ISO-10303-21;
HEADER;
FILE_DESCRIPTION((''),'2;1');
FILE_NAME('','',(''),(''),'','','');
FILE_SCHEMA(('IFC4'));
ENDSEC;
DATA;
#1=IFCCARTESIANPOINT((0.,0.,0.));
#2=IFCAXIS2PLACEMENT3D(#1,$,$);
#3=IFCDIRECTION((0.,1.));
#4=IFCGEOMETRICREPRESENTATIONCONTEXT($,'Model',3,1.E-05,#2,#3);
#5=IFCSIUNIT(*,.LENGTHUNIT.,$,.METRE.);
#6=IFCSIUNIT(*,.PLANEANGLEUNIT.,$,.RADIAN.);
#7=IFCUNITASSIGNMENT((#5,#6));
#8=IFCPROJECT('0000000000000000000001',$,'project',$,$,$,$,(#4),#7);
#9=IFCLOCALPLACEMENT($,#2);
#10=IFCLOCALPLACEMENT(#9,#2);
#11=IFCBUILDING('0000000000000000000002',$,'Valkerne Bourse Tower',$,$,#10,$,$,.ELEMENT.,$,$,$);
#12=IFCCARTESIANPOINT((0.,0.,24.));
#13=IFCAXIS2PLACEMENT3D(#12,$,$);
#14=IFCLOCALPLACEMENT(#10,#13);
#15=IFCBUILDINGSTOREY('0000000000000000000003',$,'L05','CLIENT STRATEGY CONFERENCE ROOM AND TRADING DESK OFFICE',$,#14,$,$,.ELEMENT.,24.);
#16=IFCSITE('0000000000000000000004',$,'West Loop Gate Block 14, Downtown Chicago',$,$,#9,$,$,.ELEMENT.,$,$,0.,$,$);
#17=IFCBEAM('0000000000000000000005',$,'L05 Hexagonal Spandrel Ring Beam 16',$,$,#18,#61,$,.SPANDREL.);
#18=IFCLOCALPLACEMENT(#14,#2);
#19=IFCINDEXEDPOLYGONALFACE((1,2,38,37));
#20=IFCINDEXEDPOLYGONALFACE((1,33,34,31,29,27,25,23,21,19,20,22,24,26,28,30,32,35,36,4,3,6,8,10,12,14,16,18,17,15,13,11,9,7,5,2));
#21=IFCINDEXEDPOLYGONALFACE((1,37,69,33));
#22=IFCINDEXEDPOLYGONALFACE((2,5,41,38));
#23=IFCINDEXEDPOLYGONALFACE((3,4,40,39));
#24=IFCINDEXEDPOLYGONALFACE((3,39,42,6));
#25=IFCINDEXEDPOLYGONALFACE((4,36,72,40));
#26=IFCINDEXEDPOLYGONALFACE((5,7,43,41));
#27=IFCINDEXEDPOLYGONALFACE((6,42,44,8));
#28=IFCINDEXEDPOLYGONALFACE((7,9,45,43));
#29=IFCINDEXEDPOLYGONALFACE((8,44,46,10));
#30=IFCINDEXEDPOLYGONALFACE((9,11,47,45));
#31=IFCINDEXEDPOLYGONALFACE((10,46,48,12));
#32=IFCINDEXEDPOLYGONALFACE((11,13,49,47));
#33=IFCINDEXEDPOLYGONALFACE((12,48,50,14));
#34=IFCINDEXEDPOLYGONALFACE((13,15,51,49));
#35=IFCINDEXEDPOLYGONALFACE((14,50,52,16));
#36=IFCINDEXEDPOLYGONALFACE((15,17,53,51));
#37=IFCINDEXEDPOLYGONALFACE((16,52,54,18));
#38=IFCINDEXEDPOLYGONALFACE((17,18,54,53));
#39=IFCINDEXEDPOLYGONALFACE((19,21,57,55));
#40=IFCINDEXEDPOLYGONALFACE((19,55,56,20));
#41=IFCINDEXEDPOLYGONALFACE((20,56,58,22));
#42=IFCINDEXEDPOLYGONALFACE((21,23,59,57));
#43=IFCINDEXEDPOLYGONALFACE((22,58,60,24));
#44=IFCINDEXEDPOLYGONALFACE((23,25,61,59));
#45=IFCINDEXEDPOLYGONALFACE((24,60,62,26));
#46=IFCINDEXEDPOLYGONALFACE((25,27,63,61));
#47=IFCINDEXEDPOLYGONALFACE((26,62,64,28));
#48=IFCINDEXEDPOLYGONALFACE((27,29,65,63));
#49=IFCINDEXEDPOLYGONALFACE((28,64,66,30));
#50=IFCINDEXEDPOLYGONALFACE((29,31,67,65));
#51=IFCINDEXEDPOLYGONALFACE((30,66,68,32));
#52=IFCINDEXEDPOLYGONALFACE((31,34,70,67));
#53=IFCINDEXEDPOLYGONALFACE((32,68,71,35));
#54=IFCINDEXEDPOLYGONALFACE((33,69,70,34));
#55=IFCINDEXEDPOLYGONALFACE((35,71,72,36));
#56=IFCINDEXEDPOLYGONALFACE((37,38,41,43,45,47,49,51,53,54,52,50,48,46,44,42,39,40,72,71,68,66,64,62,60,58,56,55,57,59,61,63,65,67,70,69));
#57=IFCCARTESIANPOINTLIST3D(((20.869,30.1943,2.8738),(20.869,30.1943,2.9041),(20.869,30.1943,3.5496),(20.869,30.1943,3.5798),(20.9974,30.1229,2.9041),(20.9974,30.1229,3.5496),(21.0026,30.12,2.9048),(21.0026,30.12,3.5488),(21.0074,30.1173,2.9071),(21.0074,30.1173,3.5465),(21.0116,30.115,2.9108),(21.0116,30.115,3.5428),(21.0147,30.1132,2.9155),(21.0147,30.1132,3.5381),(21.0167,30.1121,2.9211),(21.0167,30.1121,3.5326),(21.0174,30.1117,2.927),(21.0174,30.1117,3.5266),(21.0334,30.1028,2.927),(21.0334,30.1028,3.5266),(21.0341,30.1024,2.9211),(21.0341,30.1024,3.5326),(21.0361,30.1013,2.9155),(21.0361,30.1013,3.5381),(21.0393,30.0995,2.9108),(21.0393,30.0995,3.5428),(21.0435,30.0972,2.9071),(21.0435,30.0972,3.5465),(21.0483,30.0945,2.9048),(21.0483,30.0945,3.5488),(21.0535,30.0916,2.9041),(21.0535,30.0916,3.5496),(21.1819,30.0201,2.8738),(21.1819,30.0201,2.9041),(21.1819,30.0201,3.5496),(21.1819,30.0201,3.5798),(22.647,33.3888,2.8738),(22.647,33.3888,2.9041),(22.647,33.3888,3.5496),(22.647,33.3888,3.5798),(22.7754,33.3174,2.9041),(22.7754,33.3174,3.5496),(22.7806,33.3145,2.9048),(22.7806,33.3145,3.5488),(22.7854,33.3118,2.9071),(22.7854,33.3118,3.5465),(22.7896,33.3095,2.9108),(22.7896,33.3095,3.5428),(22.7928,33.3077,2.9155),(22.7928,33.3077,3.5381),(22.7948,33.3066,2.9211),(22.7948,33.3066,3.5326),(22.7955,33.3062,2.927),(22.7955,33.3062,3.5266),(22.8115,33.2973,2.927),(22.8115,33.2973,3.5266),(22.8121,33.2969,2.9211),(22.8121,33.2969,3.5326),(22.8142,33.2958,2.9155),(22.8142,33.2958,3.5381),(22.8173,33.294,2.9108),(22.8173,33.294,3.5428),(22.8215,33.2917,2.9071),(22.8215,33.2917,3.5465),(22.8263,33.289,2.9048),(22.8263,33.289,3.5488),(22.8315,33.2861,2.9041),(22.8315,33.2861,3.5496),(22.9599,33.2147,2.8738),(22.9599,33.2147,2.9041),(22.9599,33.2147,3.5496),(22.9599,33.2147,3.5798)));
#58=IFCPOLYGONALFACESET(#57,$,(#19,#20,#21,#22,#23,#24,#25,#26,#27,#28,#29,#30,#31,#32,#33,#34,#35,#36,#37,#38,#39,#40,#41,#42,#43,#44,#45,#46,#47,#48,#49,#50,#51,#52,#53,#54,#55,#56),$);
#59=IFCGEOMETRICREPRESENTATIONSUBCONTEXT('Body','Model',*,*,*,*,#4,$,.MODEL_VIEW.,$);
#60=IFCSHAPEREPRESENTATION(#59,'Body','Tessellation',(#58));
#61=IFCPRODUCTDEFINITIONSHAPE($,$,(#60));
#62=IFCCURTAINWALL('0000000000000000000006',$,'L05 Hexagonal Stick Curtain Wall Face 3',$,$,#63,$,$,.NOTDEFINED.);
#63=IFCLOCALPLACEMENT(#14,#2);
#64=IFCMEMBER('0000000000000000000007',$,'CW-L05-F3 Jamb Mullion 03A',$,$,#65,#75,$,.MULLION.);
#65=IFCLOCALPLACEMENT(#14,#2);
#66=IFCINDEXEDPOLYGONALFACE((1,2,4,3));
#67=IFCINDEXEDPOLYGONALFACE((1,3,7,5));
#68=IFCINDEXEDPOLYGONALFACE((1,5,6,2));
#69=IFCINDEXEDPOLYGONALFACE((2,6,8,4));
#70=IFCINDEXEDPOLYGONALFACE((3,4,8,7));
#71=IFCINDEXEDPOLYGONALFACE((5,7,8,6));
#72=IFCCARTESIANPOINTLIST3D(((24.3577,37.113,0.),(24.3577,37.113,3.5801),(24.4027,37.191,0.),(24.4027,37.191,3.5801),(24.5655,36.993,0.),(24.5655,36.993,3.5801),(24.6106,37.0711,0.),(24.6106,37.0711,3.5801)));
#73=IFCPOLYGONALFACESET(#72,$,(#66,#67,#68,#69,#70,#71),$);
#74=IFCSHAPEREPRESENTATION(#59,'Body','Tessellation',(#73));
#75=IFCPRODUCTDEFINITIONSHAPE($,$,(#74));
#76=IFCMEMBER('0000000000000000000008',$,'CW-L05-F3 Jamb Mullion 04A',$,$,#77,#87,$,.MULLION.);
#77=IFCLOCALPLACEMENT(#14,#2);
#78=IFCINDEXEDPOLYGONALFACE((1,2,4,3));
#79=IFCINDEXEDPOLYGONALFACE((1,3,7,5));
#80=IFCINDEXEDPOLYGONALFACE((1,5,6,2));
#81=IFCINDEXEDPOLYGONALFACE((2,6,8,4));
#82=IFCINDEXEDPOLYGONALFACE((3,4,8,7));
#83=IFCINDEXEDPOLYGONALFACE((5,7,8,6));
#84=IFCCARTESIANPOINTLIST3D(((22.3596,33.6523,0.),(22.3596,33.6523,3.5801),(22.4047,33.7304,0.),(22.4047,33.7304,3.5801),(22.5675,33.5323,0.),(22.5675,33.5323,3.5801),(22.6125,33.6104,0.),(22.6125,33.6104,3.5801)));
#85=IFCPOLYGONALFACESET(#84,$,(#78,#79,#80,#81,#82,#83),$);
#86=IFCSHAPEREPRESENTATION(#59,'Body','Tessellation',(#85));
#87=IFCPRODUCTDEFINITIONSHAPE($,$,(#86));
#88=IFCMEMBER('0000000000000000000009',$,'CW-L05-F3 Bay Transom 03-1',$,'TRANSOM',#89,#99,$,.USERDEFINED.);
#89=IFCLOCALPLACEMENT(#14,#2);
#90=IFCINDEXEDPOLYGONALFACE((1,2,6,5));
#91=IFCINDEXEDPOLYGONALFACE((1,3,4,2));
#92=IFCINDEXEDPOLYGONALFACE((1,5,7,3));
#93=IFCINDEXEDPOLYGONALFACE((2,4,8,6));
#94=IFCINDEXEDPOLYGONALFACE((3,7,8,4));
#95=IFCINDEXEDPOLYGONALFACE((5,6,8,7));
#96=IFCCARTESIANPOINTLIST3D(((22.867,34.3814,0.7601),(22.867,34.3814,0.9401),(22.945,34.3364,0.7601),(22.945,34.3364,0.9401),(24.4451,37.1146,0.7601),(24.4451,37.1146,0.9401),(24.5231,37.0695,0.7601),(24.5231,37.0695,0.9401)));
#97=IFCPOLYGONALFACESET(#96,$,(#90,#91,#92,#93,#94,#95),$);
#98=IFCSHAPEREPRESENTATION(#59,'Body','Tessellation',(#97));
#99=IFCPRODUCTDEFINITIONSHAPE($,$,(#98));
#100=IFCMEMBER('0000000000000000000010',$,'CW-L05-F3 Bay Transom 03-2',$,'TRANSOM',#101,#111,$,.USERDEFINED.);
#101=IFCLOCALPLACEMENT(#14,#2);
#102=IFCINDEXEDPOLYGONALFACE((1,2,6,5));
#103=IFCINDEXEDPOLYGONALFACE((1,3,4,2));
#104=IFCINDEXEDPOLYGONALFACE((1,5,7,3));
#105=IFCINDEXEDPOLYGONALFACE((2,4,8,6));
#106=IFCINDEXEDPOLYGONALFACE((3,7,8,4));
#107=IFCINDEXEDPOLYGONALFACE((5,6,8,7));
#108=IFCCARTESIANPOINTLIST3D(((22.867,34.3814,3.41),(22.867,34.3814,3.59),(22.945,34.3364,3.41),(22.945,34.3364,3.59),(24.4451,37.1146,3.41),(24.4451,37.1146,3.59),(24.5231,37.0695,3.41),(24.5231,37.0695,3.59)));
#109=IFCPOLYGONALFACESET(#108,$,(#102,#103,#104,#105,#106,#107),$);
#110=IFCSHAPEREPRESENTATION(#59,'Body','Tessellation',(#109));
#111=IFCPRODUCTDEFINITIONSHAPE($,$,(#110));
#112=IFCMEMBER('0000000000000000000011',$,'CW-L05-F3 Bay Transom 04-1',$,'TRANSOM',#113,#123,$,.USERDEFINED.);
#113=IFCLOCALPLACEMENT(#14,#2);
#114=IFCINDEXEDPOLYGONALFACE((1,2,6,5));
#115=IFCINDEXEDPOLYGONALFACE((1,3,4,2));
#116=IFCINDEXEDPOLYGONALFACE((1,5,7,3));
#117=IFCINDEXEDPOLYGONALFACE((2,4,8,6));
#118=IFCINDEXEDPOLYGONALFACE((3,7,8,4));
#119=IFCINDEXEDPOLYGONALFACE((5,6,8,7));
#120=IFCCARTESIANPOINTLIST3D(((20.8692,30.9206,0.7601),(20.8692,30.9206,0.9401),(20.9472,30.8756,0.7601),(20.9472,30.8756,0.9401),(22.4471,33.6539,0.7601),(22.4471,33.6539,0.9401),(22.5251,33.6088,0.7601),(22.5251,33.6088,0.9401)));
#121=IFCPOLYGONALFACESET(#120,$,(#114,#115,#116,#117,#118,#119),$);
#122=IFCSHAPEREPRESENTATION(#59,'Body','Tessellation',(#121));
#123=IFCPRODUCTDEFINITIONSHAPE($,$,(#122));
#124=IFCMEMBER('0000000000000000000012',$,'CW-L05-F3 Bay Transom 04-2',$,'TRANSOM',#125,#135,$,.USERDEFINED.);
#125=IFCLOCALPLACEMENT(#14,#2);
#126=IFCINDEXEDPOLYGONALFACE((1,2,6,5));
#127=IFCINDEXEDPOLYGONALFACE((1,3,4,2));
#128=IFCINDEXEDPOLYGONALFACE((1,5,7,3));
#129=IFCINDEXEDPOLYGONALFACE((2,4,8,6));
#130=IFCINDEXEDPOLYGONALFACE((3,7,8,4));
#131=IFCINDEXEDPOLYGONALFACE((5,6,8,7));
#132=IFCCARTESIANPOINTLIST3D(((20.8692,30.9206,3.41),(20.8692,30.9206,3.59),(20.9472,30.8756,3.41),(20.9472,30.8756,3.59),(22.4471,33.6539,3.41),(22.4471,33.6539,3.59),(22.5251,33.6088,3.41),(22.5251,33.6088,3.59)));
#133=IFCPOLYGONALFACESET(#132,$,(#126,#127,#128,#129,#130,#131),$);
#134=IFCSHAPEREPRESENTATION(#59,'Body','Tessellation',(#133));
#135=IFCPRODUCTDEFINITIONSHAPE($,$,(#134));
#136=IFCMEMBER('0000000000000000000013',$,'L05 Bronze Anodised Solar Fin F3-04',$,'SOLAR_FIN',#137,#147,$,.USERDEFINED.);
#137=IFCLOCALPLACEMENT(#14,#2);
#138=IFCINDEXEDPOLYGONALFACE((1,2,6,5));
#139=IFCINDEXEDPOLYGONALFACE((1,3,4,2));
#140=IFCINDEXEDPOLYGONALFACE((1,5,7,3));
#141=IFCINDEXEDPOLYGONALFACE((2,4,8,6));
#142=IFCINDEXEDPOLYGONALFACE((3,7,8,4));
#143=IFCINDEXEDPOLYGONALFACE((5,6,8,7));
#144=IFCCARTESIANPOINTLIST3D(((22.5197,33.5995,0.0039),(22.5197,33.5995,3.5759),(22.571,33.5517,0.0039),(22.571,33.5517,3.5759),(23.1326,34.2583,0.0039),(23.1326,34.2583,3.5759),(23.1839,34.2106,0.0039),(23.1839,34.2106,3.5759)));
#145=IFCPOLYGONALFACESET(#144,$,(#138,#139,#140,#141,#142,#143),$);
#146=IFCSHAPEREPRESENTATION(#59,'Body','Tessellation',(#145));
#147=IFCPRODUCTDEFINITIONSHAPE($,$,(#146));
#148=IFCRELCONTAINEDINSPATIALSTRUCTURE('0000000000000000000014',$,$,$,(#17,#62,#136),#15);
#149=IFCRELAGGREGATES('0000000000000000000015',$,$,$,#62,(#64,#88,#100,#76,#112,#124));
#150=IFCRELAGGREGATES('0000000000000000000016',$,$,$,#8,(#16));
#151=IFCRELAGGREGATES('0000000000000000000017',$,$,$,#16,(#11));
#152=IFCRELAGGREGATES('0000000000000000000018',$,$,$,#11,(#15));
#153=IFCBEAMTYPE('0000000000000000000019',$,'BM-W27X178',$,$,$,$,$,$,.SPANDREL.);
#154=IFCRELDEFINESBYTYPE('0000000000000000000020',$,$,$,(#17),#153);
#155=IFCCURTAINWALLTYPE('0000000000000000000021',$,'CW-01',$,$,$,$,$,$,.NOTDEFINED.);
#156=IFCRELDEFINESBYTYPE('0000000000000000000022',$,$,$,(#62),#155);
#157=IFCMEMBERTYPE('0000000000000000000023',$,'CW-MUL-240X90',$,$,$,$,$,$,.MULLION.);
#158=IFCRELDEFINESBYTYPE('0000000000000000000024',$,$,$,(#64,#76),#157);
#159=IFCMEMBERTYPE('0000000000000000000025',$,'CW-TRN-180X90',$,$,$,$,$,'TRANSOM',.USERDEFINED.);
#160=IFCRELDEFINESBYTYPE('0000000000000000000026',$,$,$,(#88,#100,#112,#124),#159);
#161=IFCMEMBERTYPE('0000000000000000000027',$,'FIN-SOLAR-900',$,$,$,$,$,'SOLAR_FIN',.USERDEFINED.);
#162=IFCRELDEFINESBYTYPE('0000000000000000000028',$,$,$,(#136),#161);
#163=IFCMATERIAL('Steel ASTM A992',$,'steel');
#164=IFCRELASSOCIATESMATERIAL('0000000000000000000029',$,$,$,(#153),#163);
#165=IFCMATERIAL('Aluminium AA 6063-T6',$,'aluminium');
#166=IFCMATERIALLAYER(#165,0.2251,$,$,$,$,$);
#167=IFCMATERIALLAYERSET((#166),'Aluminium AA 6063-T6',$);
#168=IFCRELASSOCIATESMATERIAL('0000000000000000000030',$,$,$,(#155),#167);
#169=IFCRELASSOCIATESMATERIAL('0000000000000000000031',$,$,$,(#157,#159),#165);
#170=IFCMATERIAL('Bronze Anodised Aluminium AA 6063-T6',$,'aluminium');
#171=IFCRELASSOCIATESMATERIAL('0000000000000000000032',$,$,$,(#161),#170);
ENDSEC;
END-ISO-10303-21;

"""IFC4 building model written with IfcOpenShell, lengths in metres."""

from ifc_helpers import new_model, si_unit, direction, frame, origin, origin_2d, place, context, subcontext, project, spatial, rectangle, i_section, extrude, material, layer, layer_set, material_profile, profile_set, type_object, element, aggregate, save


model = new_model("IFC4")

# Units and contexts
model_context = context("Model", 3, precision=1e-05, world=origin(), true_north=direction((0.0, 1.0)))
body_context = subcontext(model_context, "Body", "Model", "MODEL_VIEW")
ifc_project = project(units=[si_unit("LENGTHUNIT", "METRE"), si_unit("PLANEANGLEUNIT", "RADIAN")], contexts=[model_context])

# Site, building, storey
site_placement = place(None, origin())
site = spatial("IfcSite", under=ifc_project, at=site_placement, Name="West Loop Gate Block 14, Downtown Chicago", CompositionType="ELEMENT", RefElevation=0.0)
building_placement = place(site_placement, origin())
building = spatial("IfcBuilding", under=site, at=building_placement, Name="Valkerne Bourse Tower", CompositionType="ELEMENT")
storey_placement = place(building_placement, frame((0.0, 0.0, 24.0)))
storey = spatial("IfcBuildingStorey", under=building, at=storey_placement, Name="L05", Description="CLIENT STRATEGY CONFERENCE ROOM AND TRADING DESK OFFICE", CompositionType="ELEMENT", Elevation=24.0)

# Beam
ifc_material_1 = material(Name="Steel ASTM A992", Category="steel")
ifc_material_profile_1 = material_profile(ifc_material_1, i_section(OverallWidth=0.3582, OverallDepth=0.7061, WebThickness=0.0183, FlangeThickness=0.0303, FilletRadius=0.0229, at=origin_2d()), Name="W27X178")
ifc_profile_set_1 = profile_set([ifc_material_profile_1], Name="Steel ASTM A992")
beam_type_1 = type_object("IfcBeamType", Name="BM-W27X178", PredefinedType="SPANDREL", material=ifc_profile_set_1)
for number, where, z_axis, x_axis, name in (
    (1, (22.8035, 33.3018, 3.2268), (-0.486334, -0.873773, 0.0), (0.873773, -0.486334, 0.0), "L05 Hexagonal Spandrel Ring Beam 16"),
):
    element("IfcBeam", number, at=place(storey_placement, frame(where, z_axis=z_axis, x_axis=x_axis)), inside=storey, type_object=beam_type_1, Name=name, PredefinedType="SPANDREL", context=body_context, shape_type="SweptSolid", body=[
        extrude(i_section(OverallWidth=0.3582, OverallDepth=0.7061, WebThickness=0.0183, FlangeThickness=0.0303, FilletRadius=0.0229, at=origin_2d()), origin(), (0.0, 0.0, 1.0), 3.656),
    ])

# Curtain wall, members
ifc_material_2 = material(Name="Aluminium AA 6063-T6", Category="aluminium")
ifc_layer_1 = layer(ifc_material_2, 0.2251)
ifc_layer_set_1 = layer_set([ifc_layer_1], Name="Aluminium AA 6063-T6")
curtain_wall_type = type_object("IfcCurtainWallType", Name="CW-01", PredefinedType="NOTDEFINED", material=ifc_layer_set_1)
curtain_wall_placement = place(storey_placement, origin())
curtain_wall = element("IfcCurtainWall", 2, at=curtain_wall_placement, inside=storey, type_object=curtain_wall_type, Name="L05 Hexagonal Stick Curtain Wall Face 3", PredefinedType="NOTDEFINED")
ifc_material_profile_2 = material_profile(ifc_material_2, rectangle(XDim=0.0901, YDim=0.24, at=origin_2d()), Name="CWM-90X240")
ifc_profile_set_2 = profile_set([ifc_material_profile_2], Name="Aluminium AA 6063-T6")
member_type_1 = type_object("IfcMemberType", Name="CW-MUL-240X90", PredefinedType="MULLION", material=ifc_profile_set_2)
member_1_placement = place(storey_placement, frame((24.4841, 37.092, 0.0), z_axis=(0.0, 0.0, 1.0), x_axis=(-0.499993, -0.866029, 0.0)))
member_1 = element("IfcMember", 3, at=member_1_placement, type_object=member_type_1, Name="CW-L05-F3 Jamb Mullion 03A", PredefinedType="MULLION", context=body_context, shape_type="SweptSolid", body=[
    extrude(rectangle(XDim=0.0901, YDim=0.24, at=origin_2d()), origin(), (0.0, 0.0, 1.0), 3.5801),
])
member_2_placement = place(storey_placement, frame((22.4861, 33.6313, 0.0), z_axis=(0.0, 0.0, 1.0), x_axis=(-0.500004, -0.866023, 0.0)))
member_2 = element("IfcMember", 4, at=member_2_placement, type_object=member_type_1, Name="CW-L05-F3 Jamb Mullion 04A", PredefinedType="MULLION", context=body_context, shape_type="SweptSolid", body=[
    extrude(rectangle(XDim=0.0901, YDim=0.24, at=origin_2d()), origin(), (0.0, 0.0, 1.0), 3.5801),
])
ifc_material_profile_3 = material_profile(ifc_material_2, rectangle(XDim=0.0901, YDim=0.1799, at=origin_2d()), Name="CWT-90X180")
ifc_profile_set_3 = profile_set([ifc_material_profile_3], Name="Aluminium AA 6063-T6")
member_type_2 = type_object("IfcMemberType", Name="CW-TRN-180X90", ElementType="TRANSOM", PredefinedType="USERDEFINED", material=ifc_profile_set_3)
member_3_placement = place(storey_placement, frame((24.4841, 37.092, 0.8501), z_axis=(-0.500033, -0.866007, 0.0), x_axis=(0.866007, -0.500033, 0.0)))
member_3 = element("IfcMember", 5, at=member_3_placement, type_object=member_type_2, Name="CW-L05-F3 Bay Transom 03-1", ObjectType="TRANSOM", PredefinedType="USERDEFINED", context=body_context, shape_type="SweptSolid", body=[
    extrude(rectangle(XDim=0.0901, YDim=0.1799, at=origin_2d()), origin(), (0.0, 0.0, 1.0), 3.156),
])
member_4_placement = place(storey_placement, frame((24.4841, 37.092, 3.5), z_axis=(-0.500033, -0.866007, 0.0), x_axis=(0.866007, -0.500033, 0.0)))
member_4 = element("IfcMember", 6, at=member_4_placement, type_object=member_type_2, Name="CW-L05-F3 Bay Transom 03-2", ObjectType="TRANSOM", PredefinedType="USERDEFINED", context=body_context, shape_type="SweptSolid", body=[
    extrude(rectangle(XDim=0.0901, YDim=0.1799, at=origin_2d()), origin(), (0.0, 0.0, 1.0), 3.156),
])
member_5_placement = place(storey_placement, frame((22.4861, 33.6313, 0.8501), z_axis=(-0.499975, -0.86604, 0.0), x_axis=(0.86604, -0.499975, 0.0)))
member_5 = element("IfcMember", 7, at=member_5_placement, type_object=member_type_2, Name="CW-L05-F3 Bay Transom 04-1", ObjectType="TRANSOM", PredefinedType="USERDEFINED", context=body_context, shape_type="SweptSolid", body=[
    extrude(rectangle(XDim=0.0901, YDim=0.1799, at=origin_2d()), origin(), (0.0, 0.0, 1.0), 3.156),
])
member_6_placement = place(storey_placement, frame((22.4861, 33.6313, 3.5), z_axis=(-0.499975, -0.86604, 0.0), x_axis=(0.86604, -0.499975, 0.0)))
member_6 = element("IfcMember", 8, at=member_6_placement, type_object=member_type_2, Name="CW-L05-F3 Bay Transom 04-2", ObjectType="TRANSOM", PredefinedType="USERDEFINED", context=body_context, shape_type="SweptSolid", body=[
    extrude(rectangle(XDim=0.0901, YDim=0.1799, at=origin_2d()), origin(), (0.0, 0.0, 1.0), 3.156),
])

# Member
ifc_material_3 = material(Name="Bronze Anodised Aluminium AA 6063-T6", Category="aluminium")
ifc_material_profile_4 = material_profile(ifc_material_3, rectangle(XDim=0.0701, YDim=0.8999, at=origin_2d()), Name="FIN-70X900")
ifc_profile_set_4 = profile_set([ifc_material_profile_4], Name="Bronze Anodised Aluminium AA 6063-T6")
member_type_3 = type_object("IfcMemberType", Name="FIN-SOLAR-900", ElementType="SOLAR_FIN", PredefinedType="USERDEFINED", material=ifc_profile_set_4)
member_7_placement = place(storey_placement, frame((22.8518, 33.905, 0.0039), z_axis=(0.0, 0.0, 1.0), x_axis=(-0.732132, 0.681163, 0.0)))
element("IfcMember", 9, at=member_7_placement, inside=storey, type_object=member_type_3, Name="L05 Bronze Anodised Solar Fin F3-04", ObjectType="SOLAR_FIN", PredefinedType="USERDEFINED", context=body_context, shape_type="SweptSolid", body=[
    extrude(rectangle(XDim=0.0701, YDim=0.8999, at=origin_2d()), origin(), (0.0, 0.0, 1.0), 3.572),
])

aggregate(curtain_wall, [member_1, member_3, member_4, member_2, member_5, member_6])

save(model, "model.ifc")
